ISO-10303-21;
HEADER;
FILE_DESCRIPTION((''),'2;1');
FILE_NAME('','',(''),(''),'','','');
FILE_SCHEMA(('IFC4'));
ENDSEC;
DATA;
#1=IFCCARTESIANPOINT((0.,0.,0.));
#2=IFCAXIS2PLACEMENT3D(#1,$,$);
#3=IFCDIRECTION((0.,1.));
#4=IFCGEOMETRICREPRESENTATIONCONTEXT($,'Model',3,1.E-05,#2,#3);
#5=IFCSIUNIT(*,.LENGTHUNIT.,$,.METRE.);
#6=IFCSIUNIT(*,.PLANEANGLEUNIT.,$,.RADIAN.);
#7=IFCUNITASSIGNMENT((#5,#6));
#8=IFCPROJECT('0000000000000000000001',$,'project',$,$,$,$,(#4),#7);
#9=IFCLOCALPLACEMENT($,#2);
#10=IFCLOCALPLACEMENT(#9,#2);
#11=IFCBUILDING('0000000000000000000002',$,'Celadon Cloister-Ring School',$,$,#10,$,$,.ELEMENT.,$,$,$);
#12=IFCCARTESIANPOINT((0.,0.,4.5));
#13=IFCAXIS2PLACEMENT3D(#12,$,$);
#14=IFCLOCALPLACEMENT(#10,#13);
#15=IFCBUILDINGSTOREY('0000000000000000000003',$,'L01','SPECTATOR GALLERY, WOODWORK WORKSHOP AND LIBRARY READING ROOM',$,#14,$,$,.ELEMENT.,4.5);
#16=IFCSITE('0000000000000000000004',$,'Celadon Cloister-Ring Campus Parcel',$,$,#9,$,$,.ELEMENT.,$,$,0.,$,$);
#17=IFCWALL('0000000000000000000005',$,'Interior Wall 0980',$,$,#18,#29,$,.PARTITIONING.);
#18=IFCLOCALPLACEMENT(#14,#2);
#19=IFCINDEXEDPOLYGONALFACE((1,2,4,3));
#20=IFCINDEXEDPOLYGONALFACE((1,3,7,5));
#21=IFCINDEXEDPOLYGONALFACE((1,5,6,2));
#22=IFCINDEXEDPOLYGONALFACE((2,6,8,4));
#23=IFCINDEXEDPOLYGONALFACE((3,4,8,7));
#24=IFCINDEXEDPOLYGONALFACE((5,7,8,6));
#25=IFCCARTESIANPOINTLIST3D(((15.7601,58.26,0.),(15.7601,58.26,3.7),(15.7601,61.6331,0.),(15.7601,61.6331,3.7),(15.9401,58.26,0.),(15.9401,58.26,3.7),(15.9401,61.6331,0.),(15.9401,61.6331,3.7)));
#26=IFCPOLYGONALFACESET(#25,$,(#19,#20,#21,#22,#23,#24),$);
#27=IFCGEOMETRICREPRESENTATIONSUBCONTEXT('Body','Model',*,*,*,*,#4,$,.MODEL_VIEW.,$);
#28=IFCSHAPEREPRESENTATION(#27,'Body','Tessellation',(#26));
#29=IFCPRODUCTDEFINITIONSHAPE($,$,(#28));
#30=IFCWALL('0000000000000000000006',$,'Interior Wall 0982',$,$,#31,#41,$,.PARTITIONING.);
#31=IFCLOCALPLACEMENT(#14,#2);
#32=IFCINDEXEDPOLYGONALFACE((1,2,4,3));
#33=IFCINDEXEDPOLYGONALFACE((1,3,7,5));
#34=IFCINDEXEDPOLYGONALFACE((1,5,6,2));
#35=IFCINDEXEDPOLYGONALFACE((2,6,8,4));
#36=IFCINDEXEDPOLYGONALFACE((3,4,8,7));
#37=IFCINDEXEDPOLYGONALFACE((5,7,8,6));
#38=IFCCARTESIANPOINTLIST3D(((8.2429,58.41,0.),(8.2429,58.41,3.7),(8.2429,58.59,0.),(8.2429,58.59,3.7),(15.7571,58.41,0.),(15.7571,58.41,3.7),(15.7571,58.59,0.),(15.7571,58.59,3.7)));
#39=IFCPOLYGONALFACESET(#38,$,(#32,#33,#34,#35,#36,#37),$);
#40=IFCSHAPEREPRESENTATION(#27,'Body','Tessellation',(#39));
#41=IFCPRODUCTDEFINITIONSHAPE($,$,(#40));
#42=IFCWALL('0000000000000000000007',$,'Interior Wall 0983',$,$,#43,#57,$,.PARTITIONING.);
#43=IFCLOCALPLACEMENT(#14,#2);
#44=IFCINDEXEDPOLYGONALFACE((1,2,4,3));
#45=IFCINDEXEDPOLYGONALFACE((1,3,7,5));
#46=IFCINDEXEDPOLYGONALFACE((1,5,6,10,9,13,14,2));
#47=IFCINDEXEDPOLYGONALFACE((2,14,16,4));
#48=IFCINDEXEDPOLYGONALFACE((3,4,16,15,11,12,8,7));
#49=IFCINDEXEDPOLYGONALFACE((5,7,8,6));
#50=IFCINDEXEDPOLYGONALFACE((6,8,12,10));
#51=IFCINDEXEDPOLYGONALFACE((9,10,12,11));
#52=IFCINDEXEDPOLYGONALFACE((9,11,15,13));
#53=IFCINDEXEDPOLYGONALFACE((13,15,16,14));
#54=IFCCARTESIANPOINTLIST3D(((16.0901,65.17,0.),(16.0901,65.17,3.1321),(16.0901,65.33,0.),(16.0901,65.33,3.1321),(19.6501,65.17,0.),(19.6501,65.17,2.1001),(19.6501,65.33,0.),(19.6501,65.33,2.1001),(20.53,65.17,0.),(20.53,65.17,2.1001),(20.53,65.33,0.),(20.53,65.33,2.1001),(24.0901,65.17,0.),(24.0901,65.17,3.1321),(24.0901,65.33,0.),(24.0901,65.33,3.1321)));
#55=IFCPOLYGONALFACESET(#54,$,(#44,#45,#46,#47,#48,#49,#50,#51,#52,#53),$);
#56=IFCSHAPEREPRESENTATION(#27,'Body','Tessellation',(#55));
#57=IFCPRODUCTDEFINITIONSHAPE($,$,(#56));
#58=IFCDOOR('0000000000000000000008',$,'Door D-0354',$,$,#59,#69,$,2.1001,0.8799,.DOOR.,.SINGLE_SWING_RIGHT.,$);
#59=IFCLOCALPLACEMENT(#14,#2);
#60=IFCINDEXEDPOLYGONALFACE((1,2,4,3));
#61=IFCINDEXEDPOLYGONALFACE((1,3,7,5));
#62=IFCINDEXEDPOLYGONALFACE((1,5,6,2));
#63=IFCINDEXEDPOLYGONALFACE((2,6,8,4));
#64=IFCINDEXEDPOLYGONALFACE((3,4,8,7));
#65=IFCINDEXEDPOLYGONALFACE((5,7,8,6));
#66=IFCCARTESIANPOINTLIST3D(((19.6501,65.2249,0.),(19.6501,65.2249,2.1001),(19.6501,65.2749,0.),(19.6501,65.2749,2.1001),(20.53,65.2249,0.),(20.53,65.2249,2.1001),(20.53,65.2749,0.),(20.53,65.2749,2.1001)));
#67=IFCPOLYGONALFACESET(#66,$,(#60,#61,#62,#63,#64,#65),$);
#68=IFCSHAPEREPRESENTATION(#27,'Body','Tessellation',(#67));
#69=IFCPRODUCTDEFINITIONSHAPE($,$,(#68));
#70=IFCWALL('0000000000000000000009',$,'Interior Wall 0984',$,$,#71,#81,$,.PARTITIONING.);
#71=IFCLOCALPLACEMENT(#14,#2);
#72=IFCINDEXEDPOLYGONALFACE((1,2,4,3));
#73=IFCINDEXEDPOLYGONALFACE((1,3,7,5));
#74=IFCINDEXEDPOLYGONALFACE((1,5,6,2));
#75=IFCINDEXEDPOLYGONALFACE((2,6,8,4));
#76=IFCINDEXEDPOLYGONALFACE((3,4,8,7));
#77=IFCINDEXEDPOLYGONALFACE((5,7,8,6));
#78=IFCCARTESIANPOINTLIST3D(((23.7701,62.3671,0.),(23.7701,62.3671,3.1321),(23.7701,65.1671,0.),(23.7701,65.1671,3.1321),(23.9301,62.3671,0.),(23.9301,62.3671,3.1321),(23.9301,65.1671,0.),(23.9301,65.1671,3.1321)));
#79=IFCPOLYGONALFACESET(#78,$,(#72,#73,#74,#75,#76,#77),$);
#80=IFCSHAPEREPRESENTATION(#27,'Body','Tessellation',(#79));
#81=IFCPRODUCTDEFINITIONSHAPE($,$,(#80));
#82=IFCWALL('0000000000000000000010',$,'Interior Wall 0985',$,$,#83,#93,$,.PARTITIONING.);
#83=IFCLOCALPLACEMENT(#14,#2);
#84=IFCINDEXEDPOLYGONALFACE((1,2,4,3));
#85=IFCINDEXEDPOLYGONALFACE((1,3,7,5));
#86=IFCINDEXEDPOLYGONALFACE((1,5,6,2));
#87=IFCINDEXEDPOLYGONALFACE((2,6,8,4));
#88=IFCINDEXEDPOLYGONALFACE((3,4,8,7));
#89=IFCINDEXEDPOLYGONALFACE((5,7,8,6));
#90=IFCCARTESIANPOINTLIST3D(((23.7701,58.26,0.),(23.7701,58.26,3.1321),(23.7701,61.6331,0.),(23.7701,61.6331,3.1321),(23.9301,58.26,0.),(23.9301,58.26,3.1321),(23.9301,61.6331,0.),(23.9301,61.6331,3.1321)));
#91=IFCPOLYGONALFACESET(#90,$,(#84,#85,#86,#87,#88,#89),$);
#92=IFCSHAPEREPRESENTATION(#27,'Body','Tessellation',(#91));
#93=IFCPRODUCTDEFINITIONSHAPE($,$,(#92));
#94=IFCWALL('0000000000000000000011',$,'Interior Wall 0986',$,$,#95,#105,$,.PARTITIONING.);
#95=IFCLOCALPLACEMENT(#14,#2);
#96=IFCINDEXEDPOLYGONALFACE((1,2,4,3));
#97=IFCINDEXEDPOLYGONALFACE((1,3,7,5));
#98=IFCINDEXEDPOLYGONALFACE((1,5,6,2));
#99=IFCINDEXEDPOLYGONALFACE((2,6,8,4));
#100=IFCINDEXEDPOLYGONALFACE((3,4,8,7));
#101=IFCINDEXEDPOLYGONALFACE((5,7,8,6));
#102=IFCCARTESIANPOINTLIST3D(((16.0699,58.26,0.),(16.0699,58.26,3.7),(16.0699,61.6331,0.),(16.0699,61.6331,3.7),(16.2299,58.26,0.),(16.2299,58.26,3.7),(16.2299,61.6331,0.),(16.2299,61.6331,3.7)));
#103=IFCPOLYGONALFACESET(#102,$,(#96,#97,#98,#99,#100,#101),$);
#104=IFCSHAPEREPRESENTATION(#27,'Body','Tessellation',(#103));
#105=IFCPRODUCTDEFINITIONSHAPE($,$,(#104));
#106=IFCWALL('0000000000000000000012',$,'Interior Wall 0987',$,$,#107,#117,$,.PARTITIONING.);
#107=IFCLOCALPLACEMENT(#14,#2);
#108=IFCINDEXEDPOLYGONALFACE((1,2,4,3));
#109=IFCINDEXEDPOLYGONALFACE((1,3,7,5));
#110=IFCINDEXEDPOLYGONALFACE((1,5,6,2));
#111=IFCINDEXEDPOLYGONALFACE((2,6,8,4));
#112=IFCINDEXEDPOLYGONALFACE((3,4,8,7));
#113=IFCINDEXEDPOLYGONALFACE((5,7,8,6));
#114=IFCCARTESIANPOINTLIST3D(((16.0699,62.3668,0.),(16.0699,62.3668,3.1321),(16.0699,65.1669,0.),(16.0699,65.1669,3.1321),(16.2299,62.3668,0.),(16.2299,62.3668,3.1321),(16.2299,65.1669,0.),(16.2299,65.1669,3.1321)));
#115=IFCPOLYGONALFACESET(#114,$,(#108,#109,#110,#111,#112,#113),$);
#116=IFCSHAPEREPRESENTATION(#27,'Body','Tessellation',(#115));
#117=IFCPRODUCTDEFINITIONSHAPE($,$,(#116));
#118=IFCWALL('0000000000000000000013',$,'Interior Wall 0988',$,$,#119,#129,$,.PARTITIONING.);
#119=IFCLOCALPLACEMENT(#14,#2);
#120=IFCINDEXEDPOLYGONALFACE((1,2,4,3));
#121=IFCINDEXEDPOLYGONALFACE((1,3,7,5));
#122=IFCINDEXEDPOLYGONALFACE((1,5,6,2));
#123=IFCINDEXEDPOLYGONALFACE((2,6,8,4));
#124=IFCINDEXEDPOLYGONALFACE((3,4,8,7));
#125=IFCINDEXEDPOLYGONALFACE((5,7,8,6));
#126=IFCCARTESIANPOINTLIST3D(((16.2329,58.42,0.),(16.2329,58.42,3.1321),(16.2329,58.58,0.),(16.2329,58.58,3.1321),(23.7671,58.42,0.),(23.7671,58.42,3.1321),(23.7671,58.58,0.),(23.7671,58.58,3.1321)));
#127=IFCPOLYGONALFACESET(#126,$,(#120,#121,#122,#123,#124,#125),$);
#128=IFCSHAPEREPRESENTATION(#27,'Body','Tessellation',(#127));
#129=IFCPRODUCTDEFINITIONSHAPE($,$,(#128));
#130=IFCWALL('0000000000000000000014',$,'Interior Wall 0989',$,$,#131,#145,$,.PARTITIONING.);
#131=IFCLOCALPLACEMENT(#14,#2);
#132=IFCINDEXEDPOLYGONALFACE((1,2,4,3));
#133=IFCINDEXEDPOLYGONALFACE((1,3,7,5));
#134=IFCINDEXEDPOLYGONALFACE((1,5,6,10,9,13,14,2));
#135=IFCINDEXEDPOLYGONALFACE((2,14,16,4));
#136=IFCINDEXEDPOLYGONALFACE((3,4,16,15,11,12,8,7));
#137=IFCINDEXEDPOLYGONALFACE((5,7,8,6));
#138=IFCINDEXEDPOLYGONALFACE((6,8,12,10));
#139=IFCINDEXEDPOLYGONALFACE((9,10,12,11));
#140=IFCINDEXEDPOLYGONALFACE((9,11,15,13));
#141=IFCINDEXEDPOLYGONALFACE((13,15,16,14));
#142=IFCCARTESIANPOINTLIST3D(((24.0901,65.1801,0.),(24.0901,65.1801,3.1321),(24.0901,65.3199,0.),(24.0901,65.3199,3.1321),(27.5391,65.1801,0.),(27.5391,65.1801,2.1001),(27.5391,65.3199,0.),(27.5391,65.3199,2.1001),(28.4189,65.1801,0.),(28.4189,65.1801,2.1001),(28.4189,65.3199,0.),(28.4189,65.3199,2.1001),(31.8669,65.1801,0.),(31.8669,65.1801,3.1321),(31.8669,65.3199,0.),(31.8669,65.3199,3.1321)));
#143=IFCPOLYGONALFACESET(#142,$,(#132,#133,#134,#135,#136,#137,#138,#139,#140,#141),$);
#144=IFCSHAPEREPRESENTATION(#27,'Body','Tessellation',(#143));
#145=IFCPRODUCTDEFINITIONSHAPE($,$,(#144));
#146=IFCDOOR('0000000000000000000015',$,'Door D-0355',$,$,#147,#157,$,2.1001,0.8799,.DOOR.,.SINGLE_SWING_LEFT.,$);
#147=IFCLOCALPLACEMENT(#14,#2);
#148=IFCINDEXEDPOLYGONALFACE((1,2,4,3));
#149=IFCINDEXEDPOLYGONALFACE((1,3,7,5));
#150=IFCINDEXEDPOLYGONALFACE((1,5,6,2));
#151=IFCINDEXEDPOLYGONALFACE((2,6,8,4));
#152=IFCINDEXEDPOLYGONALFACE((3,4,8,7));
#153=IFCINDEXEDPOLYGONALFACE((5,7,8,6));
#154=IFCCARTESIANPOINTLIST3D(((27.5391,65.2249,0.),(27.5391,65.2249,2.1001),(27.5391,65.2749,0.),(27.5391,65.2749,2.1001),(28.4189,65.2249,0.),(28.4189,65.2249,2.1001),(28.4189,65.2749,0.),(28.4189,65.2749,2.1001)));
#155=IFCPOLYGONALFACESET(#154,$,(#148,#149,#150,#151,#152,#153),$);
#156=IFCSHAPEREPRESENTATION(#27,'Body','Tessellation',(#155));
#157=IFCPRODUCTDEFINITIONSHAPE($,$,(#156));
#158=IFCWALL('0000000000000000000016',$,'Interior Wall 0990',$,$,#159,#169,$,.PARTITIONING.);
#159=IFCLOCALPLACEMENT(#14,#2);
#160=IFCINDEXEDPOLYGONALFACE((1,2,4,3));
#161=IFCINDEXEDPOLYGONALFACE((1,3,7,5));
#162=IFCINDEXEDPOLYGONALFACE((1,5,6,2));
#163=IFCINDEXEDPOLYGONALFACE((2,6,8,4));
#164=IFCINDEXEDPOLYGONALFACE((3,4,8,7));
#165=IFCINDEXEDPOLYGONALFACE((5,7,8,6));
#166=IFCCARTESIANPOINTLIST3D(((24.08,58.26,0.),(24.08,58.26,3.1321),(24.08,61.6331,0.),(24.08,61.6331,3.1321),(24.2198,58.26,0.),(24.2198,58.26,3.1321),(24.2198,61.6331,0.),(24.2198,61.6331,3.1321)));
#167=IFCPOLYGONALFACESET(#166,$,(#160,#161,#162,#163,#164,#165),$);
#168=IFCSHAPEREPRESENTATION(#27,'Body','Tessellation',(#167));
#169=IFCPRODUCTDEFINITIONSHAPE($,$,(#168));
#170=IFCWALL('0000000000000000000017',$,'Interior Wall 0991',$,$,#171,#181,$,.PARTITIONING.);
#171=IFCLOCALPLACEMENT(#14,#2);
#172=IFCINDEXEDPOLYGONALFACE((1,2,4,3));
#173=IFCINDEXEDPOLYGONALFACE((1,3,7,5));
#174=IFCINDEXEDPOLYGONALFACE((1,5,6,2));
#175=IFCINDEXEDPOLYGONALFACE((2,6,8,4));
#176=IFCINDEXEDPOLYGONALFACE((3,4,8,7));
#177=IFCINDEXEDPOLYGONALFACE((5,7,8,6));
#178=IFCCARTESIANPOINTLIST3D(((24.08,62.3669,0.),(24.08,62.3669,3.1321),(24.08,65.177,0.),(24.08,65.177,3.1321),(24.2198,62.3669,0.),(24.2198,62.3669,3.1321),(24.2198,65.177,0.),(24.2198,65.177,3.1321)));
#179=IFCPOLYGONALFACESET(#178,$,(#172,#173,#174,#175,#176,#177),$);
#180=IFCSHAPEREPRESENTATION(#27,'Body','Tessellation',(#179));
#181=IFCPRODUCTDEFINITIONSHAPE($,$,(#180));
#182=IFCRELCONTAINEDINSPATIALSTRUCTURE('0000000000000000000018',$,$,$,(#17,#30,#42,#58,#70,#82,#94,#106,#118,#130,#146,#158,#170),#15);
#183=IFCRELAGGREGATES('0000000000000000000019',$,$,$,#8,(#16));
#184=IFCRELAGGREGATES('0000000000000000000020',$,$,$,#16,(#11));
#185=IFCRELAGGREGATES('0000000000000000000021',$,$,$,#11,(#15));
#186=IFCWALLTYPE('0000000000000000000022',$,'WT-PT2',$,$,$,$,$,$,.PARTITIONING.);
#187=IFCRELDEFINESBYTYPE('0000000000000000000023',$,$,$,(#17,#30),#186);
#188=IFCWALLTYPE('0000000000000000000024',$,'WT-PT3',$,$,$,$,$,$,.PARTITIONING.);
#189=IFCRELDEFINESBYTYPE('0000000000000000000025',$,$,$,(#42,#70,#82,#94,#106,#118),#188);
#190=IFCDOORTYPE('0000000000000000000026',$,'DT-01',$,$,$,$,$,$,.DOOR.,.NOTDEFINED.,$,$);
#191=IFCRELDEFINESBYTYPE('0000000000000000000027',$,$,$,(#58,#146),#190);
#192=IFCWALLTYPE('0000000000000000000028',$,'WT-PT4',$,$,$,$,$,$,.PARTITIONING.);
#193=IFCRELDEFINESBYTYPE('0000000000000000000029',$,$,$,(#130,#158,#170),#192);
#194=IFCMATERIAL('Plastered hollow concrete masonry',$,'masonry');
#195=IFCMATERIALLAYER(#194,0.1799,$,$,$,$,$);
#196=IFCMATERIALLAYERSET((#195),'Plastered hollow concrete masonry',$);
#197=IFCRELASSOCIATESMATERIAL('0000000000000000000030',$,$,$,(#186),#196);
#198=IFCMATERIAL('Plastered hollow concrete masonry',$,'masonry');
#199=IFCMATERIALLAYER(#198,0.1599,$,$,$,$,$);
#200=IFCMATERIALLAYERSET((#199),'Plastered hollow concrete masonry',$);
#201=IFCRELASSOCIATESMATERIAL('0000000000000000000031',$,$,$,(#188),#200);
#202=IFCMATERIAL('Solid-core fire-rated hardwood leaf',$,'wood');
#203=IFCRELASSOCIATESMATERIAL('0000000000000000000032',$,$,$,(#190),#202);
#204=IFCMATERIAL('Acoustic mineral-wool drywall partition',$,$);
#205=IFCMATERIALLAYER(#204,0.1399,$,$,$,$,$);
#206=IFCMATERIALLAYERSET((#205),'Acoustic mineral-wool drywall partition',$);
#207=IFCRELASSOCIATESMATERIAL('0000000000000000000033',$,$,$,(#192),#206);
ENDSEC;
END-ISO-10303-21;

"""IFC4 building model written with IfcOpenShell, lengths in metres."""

from ifc_helpers import new_model, si_unit, direction, frame, frame_2d, origin, place, context, subcontext, project, spatial, rectangle, extrude, material, layer, layer_set, type_object, element, fill, save


model = new_model("IFC4")

# Units and contexts
model_context = context("Model", 3, precision=1e-05, world=origin(), true_north=direction((0.0, 1.0)))
body_context = subcontext(model_context, "Body", "Model", "MODEL_VIEW")
ifc_project = project(units=[si_unit("LENGTHUNIT", "METRE"), si_unit("PLANEANGLEUNIT", "RADIAN")], contexts=[model_context])

# Site, building, storey
site_placement = place(None, origin())
site = spatial("IfcSite", under=ifc_project, at=site_placement, Name="Celadon Cloister-Ring Campus Parcel", CompositionType="ELEMENT", RefElevation=0.0)
building_placement = place(site_placement, origin())
building = spatial("IfcBuilding", under=site, at=building_placement, Name="Celadon Cloister-Ring School", CompositionType="ELEMENT")
storey_placement = place(building_placement, frame((0.0, 0.0, 4.5)))
storey = spatial("IfcBuildingStorey", under=building, at=storey_placement, Name="L01", Description="SPECTATOR GALLERY, WOODWORK WORKSHOP AND LIBRARY READING ROOM", CompositionType="ELEMENT", Elevation=4.5)

# Walls
ifc_material_1 = material(Name="Plastered hollow concrete masonry", Category="masonry")
ifc_layer_1 = layer(ifc_material_1, 0.1799)
ifc_layer_set_1 = layer_set([ifc_layer_1], Name="Plastered hollow concrete masonry")
wall_type_1 = type_object("IfcWallType", Name="WT-PT2", PredefinedType="PARTITIONING", material=ifc_layer_set_1)
wall_1_placement = place(storey_placement, frame((15.8501, 61.6331, 0.0), z_axis=(0.0, 0.0, 1.0), x_axis=(0.0, -1.0, 0.0)))
element("IfcWall", 1, at=wall_1_placement, inside=storey, type_object=wall_type_1, Name="Interior Wall 0980", PredefinedType="PARTITIONING", context=body_context, shape_type="SweptSolid", body=[
    extrude(rectangle(XDim=3.373, YDim=0.1799, at=frame_2d((1.6865, 0.0))), origin(), (0.0, 0.0, 1.0), 3.7),
])
wall_2_placement = place(storey_placement, frame((15.7571, 58.5, 0.0), z_axis=(0.0, 0.0, 1.0), x_axis=(-1.0, 0.0, 0.0)))
element("IfcWall", 2, at=wall_2_placement, inside=storey, type_object=wall_type_1, Name="Interior Wall 0982", PredefinedType="PARTITIONING", context=body_context, shape_type="SweptSolid", body=[
    extrude(rectangle(XDim=7.5142, YDim=0.1799, at=frame_2d((3.7571, 0.0))), origin(), (0.0, 0.0, 1.0), 3.7),
])

# Wall, opening, door
ifc_material_2 = material(Name="Plastered hollow concrete masonry", Category="masonry")
ifc_layer_2 = layer(ifc_material_2, 0.1599)
ifc_layer_set_2 = layer_set([ifc_layer_2], Name="Plastered hollow concrete masonry")
wall_type_2 = type_object("IfcWallType", Name="WT-PT3", PredefinedType="PARTITIONING", material=ifc_layer_set_2)
wall_3_placement = place(storey_placement, frame((16.0901, 65.25, 0.0), z_axis=(0.0, 0.0, 1.0), x_axis=(1.0, 0.0, 0.0)))
wall_3 = element("IfcWall", 3, at=wall_3_placement, inside=storey, type_object=wall_type_2, Name="Interior Wall 0983", PredefinedType="PARTITIONING", context=body_context, shape_type="SweptSolid", body=[
    extrude(rectangle(XDim=8.0, YDim=0.1599, at=frame_2d((4.0, 0.0))), origin(), (0.0, 0.0, 1.0), 3.1321),
])
opening_1_placement = place(wall_3_placement, frame((3.5601, 0.0, 0.0)))
opening_1 = element("IfcOpeningElement", 4, at=opening_1_placement, cuts=wall_3, PredefinedType="OPENING", context=body_context, shape_type="SweptSolid", body=[
    extrude(rectangle(XDim=0.8799, YDim=2.1001, at=frame_2d((0.4399, 1.05))), frame((0.0, 0.0898, 0.0), z_axis=(0.0, -1.0, 0.0), x_axis=(1.0, 0.0, 0.0)), (0.0, 0.0, 1.0), 0.1799),
])
ifc_material_3 = material(Name="Solid-core fire-rated hardwood leaf", Category="wood")
door_type_1 = type_object("IfcDoorType", Name="DT-01", OperationType="NOTDEFINED", PredefinedType="DOOR", material=ifc_material_3)
door_1_placement = place(opening_1_placement, origin())
door_1 = element("IfcDoor", 5, at=door_1_placement, inside=storey, type_object=door_type_1, Name="Door D-0354", OperationType="SINGLE_SWING_RIGHT", OverallHeight=2.1001, OverallWidth=0.8799, PredefinedType="DOOR", context=body_context, shape_type="SweptSolid", body=[
    extrude(rectangle(XDim=0.8799, YDim=2.1001, at=frame_2d((0.4399, 1.05))), frame((0.0, 0.0249, 0.0), z_axis=(0.0, -1.0, 0.0), x_axis=(1.0, 0.0, 0.0)), (0.0, 0.0, 1.0), 0.05),
])
fill(opening_1, door_1)

# Walls
wall_4_placement = place(storey_placement, frame((23.8501, 65.167, 0.0), z_axis=(0.0, 0.0, 1.0), x_axis=(0.0, -1.0, 0.0)))
element("IfcWall", 6, at=wall_4_placement, inside=storey, type_object=wall_type_2, Name="Interior Wall 0984", PredefinedType="PARTITIONING", context=body_context, shape_type="SweptSolid", body=[
    extrude(rectangle(XDim=2.8, YDim=0.1599, at=frame_2d((1.3999, 0.0))), origin(), (0.0, 0.0, 1.0), 3.1321),
])
wall_5_placement = place(storey_placement, frame((23.8501, 61.6331, 0.0), z_axis=(0.0, 0.0, 1.0), x_axis=(0.0, -1.0, 0.0)))
element("IfcWall", 7, at=wall_5_placement, inside=storey, type_object=wall_type_2, Name="Interior Wall 0985", PredefinedType="PARTITIONING", context=body_context, shape_type="SweptSolid", body=[
    extrude(rectangle(XDim=3.373, YDim=0.1599, at=frame_2d((1.6865, 0.0))), origin(), (0.0, 0.0, 1.0), 3.1321),
])
wall_6_placement = place(storey_placement, frame((16.1499, 58.26, 0.0), z_axis=(0.0, 0.0, 1.0), x_axis=(0.0, 1.0, 0.0)))
element("IfcWall", 8, at=wall_6_placement, inside=storey, type_object=wall_type_2, Name="Interior Wall 0986", PredefinedType="PARTITIONING", context=body_context, shape_type="SweptSolid", body=[
    extrude(rectangle(XDim=3.373, YDim=0.1599, at=frame_2d((1.6865, 0.0))), origin(), (0.0, 0.0, 1.0), 3.7),
])
wall_7_placement = place(storey_placement, frame((16.1499, 62.3669, 0.0), z_axis=(0.0, 0.0, 1.0), x_axis=(0.0, 1.0, 0.0)))
element("IfcWall", 9, at=wall_7_placement, inside=storey, type_object=wall_type_2, Name="Interior Wall 0987", PredefinedType="PARTITIONING", context=body_context, shape_type="SweptSolid", body=[
    extrude(rectangle(XDim=2.8, YDim=0.1599, at=frame_2d((1.3999, 0.0))), origin(), (0.0, 0.0, 1.0), 3.1321),
])
wall_8_placement = place(storey_placement, frame((23.7671, 58.5, 0.0), z_axis=(0.0, 0.0, 1.0), x_axis=(-1.0, 0.0, 0.0)))
element("IfcWall", 10, at=wall_8_placement, inside=storey, type_object=wall_type_2, Name="Interior Wall 0988", PredefinedType="PARTITIONING", context=body_context, shape_type="SweptSolid", body=[
    extrude(rectangle(XDim=7.5342, YDim=0.1599, at=frame_2d((3.7671, 0.0))), origin(), (0.0, 0.0, 1.0), 3.1321),
])

# Wall, opening, door
ifc_material_4 = material(Name="Acoustic mineral-wool drywall partition")
ifc_layer_3 = layer(ifc_material_4, 0.1399)
ifc_layer_set_3 = layer_set([ifc_layer_3], Name="Acoustic mineral-wool drywall partition")
wall_type_3 = type_object("IfcWallType", Name="WT-PT4", PredefinedType="PARTITIONING", material=ifc_layer_set_3)
wall_9_placement = place(storey_placement, frame((24.0901, 65.25, 0.0), z_axis=(0.0, 0.0, 1.0), x_axis=(1.0, 0.0, 0.0)))
wall_9 = element("IfcWall", 11, at=wall_9_placement, inside=storey, type_object=wall_type_3, Name="Interior Wall 0989", PredefinedType="PARTITIONING", context=body_context, shape_type="SweptSolid", body=[
    extrude(rectangle(XDim=7.7769, YDim=0.1399, at=frame_2d((3.8884, 0.0))), origin(), (0.0, 0.0, 1.0), 3.1321),
])
opening_2_placement = place(wall_9_placement, frame((3.449, 0.0, 0.0)))
opening_2 = element("IfcOpeningElement", 12, at=opening_2_placement, cuts=wall_9, PredefinedType="OPENING", context=body_context, shape_type="SweptSolid", body=[
    extrude(rectangle(XDim=0.8799, YDim=2.1001, at=frame_2d((0.4399, 1.05))), frame((0.0, 0.0801, 0.0), z_axis=(0.0, -1.0, 0.0), x_axis=(1.0, 0.0, 0.0)), (0.0, 0.0, 1.0), 0.1599),
])
door_2_placement = place(opening_2_placement, origin())
door_2 = element("IfcDoor", 13, at=door_2_placement, inside=storey, type_object=door_type_1, Name="Door D-0355", OperationType="SINGLE_SWING_LEFT", OverallHeight=2.1001, OverallWidth=0.8799, PredefinedType="DOOR", context=body_context, shape_type="SweptSolid", body=[
    extrude(rectangle(XDim=0.8799, YDim=2.1001, at=frame_2d((0.4399, 1.05))), frame((0.0, 0.0249, 0.0), z_axis=(0.0, -1.0, 0.0), x_axis=(1.0, 0.0, 0.0)), (0.0, 0.0, 1.0), 0.05),
])
fill(opening_2, door_2)

# Walls
wall_10_placement = place(storey_placement, frame((24.1499, 58.26, 0.0), z_axis=(0.0, 0.0, 1.0), x_axis=(0.0, 1.0, 0.0)))
element("IfcWall", 14, at=wall_10_placement, inside=storey, type_object=wall_type_3, Name="Interior Wall 0990", PredefinedType="PARTITIONING", context=body_context, shape_type="SweptSolid", body=[
    extrude(rectangle(XDim=3.373, YDim=0.1399, at=frame_2d((1.6865, 0.0))), origin(), (0.0, 0.0, 1.0), 3.1321),
])
wall_11_placement = place(storey_placement, frame((24.1499, 62.3669, 0.0), z_axis=(0.0, 0.0, 1.0), x_axis=(0.0, 1.0, 0.0)))
element("IfcWall", 15, at=wall_11_placement, inside=storey, type_object=wall_type_3, Name="Interior Wall 0991", PredefinedType="PARTITIONING", context=body_context, shape_type="SweptSolid", body=[
    extrude(rectangle(XDim=2.8101, YDim=0.1399, at=frame_2d((1.405, 0.0))), origin(), (0.0, 0.0, 1.0), 3.1321),
])

save(model, "model.ifc")
